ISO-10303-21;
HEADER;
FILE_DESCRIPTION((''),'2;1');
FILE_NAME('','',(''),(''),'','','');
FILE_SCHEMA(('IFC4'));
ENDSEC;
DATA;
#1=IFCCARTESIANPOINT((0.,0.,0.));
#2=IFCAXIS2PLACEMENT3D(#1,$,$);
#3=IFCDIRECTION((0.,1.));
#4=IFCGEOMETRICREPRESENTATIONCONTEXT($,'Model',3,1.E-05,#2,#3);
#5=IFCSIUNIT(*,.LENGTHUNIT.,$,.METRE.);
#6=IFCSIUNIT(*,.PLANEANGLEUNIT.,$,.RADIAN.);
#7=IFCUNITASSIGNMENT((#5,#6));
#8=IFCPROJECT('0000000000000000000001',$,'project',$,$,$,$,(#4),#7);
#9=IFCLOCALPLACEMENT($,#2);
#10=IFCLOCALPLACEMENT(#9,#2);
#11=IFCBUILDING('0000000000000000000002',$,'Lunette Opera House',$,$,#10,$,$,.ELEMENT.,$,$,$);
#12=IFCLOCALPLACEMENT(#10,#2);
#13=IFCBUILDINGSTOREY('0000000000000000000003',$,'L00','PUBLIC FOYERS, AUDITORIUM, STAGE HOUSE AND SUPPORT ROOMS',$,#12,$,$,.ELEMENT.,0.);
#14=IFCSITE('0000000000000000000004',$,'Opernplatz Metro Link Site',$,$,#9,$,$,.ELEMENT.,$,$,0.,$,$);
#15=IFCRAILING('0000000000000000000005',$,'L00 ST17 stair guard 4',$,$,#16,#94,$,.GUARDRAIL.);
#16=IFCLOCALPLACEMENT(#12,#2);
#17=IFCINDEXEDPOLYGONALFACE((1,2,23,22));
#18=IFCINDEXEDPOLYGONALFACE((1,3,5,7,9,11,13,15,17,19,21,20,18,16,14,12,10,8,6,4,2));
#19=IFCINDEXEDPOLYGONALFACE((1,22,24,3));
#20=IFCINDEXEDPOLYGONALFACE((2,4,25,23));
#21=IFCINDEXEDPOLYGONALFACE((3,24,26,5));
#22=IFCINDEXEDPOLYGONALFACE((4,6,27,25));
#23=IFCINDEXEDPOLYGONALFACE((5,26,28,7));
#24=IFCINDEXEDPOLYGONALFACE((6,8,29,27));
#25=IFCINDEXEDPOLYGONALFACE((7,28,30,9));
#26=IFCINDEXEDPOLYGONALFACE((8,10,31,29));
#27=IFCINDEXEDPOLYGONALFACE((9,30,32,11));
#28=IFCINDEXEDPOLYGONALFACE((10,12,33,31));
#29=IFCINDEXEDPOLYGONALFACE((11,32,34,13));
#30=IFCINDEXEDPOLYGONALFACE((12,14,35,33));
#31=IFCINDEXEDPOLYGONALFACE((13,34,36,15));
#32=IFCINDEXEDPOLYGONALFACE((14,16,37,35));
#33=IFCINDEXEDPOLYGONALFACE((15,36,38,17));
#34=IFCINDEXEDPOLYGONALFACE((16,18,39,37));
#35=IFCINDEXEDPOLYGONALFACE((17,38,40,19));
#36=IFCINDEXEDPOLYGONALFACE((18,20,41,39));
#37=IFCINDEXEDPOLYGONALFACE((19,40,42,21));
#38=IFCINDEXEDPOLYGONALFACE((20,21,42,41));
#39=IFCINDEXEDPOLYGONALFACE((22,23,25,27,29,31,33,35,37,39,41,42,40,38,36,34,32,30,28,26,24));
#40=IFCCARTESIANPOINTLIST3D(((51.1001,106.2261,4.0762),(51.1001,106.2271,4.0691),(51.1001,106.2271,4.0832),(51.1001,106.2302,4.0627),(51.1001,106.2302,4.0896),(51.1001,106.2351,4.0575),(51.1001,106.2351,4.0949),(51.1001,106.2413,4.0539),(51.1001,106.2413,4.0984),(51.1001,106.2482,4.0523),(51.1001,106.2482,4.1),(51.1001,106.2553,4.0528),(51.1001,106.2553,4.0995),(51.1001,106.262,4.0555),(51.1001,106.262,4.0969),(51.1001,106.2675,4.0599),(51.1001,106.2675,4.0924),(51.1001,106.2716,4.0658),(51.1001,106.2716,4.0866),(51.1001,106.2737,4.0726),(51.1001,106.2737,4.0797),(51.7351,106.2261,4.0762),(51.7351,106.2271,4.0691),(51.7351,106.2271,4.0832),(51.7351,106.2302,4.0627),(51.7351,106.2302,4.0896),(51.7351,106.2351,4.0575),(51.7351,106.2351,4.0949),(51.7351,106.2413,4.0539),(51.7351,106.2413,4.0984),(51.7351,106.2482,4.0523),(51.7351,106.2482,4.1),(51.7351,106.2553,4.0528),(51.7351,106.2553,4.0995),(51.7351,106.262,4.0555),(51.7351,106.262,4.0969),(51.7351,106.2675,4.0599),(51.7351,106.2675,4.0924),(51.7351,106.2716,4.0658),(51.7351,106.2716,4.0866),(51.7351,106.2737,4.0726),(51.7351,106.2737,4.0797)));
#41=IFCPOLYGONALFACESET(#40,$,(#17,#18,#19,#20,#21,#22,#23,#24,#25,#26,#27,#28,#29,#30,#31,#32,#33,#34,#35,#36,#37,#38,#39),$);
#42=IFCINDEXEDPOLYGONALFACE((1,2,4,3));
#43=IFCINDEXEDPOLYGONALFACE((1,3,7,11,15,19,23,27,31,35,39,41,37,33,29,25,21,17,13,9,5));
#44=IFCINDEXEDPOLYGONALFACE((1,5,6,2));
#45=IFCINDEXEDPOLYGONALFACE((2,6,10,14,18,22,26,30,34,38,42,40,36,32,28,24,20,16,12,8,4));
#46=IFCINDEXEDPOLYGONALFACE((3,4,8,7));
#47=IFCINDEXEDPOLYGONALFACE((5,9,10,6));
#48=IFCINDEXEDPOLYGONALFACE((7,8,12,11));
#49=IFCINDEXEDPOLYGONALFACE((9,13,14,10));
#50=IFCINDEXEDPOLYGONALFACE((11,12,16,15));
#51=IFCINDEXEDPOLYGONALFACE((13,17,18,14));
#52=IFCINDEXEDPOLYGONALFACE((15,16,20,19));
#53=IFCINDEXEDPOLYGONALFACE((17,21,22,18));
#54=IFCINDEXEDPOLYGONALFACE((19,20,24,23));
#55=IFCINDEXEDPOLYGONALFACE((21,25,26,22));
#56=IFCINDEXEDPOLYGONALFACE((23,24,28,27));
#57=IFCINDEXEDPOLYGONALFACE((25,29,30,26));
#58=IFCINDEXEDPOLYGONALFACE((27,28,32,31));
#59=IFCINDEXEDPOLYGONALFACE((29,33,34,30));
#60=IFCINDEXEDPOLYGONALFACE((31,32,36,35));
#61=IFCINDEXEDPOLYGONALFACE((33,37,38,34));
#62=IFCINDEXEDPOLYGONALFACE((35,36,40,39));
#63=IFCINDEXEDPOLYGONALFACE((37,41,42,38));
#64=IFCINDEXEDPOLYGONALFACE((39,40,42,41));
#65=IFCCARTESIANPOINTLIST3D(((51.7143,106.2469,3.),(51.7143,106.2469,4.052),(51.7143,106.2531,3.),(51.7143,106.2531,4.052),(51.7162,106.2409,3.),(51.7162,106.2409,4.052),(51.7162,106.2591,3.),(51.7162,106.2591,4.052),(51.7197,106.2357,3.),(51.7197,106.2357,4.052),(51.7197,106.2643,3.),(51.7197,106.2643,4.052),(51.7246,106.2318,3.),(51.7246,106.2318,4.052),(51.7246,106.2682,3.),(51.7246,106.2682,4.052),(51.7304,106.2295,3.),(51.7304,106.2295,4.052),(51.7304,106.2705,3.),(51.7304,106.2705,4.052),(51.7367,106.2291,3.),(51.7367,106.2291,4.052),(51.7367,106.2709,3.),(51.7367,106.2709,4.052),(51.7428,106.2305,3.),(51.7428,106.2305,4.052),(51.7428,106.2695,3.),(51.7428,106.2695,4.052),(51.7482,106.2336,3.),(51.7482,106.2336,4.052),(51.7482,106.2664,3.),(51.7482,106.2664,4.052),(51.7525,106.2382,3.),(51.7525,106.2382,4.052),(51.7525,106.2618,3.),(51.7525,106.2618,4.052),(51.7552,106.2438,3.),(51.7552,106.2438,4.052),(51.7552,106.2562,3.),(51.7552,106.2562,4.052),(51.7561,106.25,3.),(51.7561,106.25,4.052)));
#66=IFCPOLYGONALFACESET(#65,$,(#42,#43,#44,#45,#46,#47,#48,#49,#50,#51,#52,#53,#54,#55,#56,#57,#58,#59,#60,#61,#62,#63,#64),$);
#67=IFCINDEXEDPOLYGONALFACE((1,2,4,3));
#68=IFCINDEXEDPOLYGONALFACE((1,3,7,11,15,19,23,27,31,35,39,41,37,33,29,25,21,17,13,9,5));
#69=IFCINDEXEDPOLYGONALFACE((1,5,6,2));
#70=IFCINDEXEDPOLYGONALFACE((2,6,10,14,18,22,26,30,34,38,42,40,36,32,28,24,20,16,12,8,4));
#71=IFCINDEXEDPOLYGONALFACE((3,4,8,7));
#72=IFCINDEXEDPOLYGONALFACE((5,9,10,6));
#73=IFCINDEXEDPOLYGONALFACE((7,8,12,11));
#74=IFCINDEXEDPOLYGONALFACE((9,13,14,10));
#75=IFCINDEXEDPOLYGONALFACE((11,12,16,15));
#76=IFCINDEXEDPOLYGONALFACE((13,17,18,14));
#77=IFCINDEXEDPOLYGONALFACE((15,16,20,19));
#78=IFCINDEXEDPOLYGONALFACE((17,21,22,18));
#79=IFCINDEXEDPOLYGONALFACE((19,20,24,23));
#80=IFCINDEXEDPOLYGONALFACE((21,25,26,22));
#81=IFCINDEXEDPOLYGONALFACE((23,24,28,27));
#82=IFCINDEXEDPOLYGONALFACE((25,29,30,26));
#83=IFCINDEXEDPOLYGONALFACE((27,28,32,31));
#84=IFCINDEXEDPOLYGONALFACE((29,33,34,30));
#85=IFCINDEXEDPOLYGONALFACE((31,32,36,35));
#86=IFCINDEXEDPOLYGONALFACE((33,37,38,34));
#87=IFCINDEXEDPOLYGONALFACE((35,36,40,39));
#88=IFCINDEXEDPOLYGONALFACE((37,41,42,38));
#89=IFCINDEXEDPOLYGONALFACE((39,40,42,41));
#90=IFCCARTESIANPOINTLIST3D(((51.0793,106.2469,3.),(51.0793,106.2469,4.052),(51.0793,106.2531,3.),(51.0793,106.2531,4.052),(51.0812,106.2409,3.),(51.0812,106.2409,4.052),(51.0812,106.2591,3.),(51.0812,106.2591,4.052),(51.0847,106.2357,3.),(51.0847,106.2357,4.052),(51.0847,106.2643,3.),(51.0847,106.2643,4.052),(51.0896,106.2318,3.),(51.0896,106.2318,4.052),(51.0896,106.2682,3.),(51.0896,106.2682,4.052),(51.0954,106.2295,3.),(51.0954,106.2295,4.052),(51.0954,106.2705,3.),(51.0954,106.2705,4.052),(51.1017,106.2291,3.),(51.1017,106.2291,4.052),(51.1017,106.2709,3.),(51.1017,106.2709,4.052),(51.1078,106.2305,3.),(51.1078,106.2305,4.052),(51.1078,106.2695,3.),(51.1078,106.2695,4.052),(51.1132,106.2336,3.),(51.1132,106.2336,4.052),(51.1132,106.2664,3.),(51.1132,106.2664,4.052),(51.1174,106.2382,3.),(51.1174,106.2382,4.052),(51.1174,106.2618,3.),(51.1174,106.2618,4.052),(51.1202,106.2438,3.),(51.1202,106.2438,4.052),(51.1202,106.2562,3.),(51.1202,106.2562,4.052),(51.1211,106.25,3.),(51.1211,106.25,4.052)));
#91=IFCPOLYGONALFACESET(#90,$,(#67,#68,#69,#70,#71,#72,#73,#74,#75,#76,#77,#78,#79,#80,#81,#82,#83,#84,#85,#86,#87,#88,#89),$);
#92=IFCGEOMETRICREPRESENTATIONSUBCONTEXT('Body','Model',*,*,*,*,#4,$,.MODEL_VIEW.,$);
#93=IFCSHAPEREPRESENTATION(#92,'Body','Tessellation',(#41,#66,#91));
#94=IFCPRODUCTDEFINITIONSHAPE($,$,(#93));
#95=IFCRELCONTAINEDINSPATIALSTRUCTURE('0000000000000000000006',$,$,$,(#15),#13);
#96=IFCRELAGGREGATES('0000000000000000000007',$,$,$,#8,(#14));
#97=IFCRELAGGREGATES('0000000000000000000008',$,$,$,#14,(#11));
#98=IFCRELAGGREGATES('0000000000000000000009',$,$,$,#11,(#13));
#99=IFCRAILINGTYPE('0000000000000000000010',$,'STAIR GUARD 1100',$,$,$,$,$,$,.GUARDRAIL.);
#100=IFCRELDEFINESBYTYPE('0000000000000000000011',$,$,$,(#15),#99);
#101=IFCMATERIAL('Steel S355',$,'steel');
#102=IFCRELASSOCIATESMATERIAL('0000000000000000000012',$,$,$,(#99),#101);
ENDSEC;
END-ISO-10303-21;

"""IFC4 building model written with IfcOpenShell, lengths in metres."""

from ifc_helpers import new_model, si_unit, direction, frame, origin, origin_2d, place, context, subcontext, project, spatial, circle, extrude, material, type_object, element, save


model = new_model("IFC4")

# Units and contexts
model_context = context("Model", 3, precision=1e-05, world=origin(), true_north=direction((0.0, 1.0)))
body_context = subcontext(model_context, "Body", "Model", "MODEL_VIEW")
ifc_project = project(units=[si_unit("LENGTHUNIT", "METRE"), si_unit("PLANEANGLEUNIT", "RADIAN")], contexts=[model_context])

# Site, building, storey
site_placement = place(None, origin())
site = spatial("IfcSite", under=ifc_project, at=site_placement, Name="Opernplatz Metro Link Site", CompositionType="ELEMENT", RefElevation=0.0)
building_placement = place(site_placement, origin())
building = spatial("IfcBuilding", under=site, at=building_placement, Name="Lunette Opera House", CompositionType="ELEMENT")
storey_placement = place(building_placement, origin())
storey = spatial("IfcBuildingStorey", under=building, at=storey_placement, Name="L00", Description="PUBLIC FOYERS, AUDITORIUM, STAGE HOUSE AND SUPPORT ROOMS", CompositionType="ELEMENT", Elevation=0.0)

# Railing
ifc_material_1 = material(Name="Steel S355", Category="steel")
railing_type_1 = type_object("IfcRailingType", Name="STAIR GUARD 1100", PredefinedType="GUARDRAIL", material=ifc_material_1)
railing_1_placement = place(storey_placement, frame((51.7351, 106.25, 3.0)))
element("IfcRailing", 1, at=railing_1_placement, inside=storey, type_object=railing_type_1, Name="L00 ST17 stair guard 4", PredefinedType="GUARDRAIL", context=body_context, shape_type="SweptSolid", body=[
    extrude(circle(Radius=0.0239, at=origin_2d()), frame((0.0, 0.0, 1.0762), z_axis=(-1.0, 0.0, 0.0), x_axis=(0.0, -1.0, 0.0)), (0.0, 0.0, 1.0), 0.635),
    extrude(circle(Radius=0.021, at=origin_2d()), origin(), (0.0, 0.0, 1.0), 1.052),
    extrude(circle(Radius=0.021, at=origin_2d()), frame((-0.635, 0.0, 0.0)), (0.0, 0.0, 1.0), 1.052),
])

save(model, "model.ifc")
